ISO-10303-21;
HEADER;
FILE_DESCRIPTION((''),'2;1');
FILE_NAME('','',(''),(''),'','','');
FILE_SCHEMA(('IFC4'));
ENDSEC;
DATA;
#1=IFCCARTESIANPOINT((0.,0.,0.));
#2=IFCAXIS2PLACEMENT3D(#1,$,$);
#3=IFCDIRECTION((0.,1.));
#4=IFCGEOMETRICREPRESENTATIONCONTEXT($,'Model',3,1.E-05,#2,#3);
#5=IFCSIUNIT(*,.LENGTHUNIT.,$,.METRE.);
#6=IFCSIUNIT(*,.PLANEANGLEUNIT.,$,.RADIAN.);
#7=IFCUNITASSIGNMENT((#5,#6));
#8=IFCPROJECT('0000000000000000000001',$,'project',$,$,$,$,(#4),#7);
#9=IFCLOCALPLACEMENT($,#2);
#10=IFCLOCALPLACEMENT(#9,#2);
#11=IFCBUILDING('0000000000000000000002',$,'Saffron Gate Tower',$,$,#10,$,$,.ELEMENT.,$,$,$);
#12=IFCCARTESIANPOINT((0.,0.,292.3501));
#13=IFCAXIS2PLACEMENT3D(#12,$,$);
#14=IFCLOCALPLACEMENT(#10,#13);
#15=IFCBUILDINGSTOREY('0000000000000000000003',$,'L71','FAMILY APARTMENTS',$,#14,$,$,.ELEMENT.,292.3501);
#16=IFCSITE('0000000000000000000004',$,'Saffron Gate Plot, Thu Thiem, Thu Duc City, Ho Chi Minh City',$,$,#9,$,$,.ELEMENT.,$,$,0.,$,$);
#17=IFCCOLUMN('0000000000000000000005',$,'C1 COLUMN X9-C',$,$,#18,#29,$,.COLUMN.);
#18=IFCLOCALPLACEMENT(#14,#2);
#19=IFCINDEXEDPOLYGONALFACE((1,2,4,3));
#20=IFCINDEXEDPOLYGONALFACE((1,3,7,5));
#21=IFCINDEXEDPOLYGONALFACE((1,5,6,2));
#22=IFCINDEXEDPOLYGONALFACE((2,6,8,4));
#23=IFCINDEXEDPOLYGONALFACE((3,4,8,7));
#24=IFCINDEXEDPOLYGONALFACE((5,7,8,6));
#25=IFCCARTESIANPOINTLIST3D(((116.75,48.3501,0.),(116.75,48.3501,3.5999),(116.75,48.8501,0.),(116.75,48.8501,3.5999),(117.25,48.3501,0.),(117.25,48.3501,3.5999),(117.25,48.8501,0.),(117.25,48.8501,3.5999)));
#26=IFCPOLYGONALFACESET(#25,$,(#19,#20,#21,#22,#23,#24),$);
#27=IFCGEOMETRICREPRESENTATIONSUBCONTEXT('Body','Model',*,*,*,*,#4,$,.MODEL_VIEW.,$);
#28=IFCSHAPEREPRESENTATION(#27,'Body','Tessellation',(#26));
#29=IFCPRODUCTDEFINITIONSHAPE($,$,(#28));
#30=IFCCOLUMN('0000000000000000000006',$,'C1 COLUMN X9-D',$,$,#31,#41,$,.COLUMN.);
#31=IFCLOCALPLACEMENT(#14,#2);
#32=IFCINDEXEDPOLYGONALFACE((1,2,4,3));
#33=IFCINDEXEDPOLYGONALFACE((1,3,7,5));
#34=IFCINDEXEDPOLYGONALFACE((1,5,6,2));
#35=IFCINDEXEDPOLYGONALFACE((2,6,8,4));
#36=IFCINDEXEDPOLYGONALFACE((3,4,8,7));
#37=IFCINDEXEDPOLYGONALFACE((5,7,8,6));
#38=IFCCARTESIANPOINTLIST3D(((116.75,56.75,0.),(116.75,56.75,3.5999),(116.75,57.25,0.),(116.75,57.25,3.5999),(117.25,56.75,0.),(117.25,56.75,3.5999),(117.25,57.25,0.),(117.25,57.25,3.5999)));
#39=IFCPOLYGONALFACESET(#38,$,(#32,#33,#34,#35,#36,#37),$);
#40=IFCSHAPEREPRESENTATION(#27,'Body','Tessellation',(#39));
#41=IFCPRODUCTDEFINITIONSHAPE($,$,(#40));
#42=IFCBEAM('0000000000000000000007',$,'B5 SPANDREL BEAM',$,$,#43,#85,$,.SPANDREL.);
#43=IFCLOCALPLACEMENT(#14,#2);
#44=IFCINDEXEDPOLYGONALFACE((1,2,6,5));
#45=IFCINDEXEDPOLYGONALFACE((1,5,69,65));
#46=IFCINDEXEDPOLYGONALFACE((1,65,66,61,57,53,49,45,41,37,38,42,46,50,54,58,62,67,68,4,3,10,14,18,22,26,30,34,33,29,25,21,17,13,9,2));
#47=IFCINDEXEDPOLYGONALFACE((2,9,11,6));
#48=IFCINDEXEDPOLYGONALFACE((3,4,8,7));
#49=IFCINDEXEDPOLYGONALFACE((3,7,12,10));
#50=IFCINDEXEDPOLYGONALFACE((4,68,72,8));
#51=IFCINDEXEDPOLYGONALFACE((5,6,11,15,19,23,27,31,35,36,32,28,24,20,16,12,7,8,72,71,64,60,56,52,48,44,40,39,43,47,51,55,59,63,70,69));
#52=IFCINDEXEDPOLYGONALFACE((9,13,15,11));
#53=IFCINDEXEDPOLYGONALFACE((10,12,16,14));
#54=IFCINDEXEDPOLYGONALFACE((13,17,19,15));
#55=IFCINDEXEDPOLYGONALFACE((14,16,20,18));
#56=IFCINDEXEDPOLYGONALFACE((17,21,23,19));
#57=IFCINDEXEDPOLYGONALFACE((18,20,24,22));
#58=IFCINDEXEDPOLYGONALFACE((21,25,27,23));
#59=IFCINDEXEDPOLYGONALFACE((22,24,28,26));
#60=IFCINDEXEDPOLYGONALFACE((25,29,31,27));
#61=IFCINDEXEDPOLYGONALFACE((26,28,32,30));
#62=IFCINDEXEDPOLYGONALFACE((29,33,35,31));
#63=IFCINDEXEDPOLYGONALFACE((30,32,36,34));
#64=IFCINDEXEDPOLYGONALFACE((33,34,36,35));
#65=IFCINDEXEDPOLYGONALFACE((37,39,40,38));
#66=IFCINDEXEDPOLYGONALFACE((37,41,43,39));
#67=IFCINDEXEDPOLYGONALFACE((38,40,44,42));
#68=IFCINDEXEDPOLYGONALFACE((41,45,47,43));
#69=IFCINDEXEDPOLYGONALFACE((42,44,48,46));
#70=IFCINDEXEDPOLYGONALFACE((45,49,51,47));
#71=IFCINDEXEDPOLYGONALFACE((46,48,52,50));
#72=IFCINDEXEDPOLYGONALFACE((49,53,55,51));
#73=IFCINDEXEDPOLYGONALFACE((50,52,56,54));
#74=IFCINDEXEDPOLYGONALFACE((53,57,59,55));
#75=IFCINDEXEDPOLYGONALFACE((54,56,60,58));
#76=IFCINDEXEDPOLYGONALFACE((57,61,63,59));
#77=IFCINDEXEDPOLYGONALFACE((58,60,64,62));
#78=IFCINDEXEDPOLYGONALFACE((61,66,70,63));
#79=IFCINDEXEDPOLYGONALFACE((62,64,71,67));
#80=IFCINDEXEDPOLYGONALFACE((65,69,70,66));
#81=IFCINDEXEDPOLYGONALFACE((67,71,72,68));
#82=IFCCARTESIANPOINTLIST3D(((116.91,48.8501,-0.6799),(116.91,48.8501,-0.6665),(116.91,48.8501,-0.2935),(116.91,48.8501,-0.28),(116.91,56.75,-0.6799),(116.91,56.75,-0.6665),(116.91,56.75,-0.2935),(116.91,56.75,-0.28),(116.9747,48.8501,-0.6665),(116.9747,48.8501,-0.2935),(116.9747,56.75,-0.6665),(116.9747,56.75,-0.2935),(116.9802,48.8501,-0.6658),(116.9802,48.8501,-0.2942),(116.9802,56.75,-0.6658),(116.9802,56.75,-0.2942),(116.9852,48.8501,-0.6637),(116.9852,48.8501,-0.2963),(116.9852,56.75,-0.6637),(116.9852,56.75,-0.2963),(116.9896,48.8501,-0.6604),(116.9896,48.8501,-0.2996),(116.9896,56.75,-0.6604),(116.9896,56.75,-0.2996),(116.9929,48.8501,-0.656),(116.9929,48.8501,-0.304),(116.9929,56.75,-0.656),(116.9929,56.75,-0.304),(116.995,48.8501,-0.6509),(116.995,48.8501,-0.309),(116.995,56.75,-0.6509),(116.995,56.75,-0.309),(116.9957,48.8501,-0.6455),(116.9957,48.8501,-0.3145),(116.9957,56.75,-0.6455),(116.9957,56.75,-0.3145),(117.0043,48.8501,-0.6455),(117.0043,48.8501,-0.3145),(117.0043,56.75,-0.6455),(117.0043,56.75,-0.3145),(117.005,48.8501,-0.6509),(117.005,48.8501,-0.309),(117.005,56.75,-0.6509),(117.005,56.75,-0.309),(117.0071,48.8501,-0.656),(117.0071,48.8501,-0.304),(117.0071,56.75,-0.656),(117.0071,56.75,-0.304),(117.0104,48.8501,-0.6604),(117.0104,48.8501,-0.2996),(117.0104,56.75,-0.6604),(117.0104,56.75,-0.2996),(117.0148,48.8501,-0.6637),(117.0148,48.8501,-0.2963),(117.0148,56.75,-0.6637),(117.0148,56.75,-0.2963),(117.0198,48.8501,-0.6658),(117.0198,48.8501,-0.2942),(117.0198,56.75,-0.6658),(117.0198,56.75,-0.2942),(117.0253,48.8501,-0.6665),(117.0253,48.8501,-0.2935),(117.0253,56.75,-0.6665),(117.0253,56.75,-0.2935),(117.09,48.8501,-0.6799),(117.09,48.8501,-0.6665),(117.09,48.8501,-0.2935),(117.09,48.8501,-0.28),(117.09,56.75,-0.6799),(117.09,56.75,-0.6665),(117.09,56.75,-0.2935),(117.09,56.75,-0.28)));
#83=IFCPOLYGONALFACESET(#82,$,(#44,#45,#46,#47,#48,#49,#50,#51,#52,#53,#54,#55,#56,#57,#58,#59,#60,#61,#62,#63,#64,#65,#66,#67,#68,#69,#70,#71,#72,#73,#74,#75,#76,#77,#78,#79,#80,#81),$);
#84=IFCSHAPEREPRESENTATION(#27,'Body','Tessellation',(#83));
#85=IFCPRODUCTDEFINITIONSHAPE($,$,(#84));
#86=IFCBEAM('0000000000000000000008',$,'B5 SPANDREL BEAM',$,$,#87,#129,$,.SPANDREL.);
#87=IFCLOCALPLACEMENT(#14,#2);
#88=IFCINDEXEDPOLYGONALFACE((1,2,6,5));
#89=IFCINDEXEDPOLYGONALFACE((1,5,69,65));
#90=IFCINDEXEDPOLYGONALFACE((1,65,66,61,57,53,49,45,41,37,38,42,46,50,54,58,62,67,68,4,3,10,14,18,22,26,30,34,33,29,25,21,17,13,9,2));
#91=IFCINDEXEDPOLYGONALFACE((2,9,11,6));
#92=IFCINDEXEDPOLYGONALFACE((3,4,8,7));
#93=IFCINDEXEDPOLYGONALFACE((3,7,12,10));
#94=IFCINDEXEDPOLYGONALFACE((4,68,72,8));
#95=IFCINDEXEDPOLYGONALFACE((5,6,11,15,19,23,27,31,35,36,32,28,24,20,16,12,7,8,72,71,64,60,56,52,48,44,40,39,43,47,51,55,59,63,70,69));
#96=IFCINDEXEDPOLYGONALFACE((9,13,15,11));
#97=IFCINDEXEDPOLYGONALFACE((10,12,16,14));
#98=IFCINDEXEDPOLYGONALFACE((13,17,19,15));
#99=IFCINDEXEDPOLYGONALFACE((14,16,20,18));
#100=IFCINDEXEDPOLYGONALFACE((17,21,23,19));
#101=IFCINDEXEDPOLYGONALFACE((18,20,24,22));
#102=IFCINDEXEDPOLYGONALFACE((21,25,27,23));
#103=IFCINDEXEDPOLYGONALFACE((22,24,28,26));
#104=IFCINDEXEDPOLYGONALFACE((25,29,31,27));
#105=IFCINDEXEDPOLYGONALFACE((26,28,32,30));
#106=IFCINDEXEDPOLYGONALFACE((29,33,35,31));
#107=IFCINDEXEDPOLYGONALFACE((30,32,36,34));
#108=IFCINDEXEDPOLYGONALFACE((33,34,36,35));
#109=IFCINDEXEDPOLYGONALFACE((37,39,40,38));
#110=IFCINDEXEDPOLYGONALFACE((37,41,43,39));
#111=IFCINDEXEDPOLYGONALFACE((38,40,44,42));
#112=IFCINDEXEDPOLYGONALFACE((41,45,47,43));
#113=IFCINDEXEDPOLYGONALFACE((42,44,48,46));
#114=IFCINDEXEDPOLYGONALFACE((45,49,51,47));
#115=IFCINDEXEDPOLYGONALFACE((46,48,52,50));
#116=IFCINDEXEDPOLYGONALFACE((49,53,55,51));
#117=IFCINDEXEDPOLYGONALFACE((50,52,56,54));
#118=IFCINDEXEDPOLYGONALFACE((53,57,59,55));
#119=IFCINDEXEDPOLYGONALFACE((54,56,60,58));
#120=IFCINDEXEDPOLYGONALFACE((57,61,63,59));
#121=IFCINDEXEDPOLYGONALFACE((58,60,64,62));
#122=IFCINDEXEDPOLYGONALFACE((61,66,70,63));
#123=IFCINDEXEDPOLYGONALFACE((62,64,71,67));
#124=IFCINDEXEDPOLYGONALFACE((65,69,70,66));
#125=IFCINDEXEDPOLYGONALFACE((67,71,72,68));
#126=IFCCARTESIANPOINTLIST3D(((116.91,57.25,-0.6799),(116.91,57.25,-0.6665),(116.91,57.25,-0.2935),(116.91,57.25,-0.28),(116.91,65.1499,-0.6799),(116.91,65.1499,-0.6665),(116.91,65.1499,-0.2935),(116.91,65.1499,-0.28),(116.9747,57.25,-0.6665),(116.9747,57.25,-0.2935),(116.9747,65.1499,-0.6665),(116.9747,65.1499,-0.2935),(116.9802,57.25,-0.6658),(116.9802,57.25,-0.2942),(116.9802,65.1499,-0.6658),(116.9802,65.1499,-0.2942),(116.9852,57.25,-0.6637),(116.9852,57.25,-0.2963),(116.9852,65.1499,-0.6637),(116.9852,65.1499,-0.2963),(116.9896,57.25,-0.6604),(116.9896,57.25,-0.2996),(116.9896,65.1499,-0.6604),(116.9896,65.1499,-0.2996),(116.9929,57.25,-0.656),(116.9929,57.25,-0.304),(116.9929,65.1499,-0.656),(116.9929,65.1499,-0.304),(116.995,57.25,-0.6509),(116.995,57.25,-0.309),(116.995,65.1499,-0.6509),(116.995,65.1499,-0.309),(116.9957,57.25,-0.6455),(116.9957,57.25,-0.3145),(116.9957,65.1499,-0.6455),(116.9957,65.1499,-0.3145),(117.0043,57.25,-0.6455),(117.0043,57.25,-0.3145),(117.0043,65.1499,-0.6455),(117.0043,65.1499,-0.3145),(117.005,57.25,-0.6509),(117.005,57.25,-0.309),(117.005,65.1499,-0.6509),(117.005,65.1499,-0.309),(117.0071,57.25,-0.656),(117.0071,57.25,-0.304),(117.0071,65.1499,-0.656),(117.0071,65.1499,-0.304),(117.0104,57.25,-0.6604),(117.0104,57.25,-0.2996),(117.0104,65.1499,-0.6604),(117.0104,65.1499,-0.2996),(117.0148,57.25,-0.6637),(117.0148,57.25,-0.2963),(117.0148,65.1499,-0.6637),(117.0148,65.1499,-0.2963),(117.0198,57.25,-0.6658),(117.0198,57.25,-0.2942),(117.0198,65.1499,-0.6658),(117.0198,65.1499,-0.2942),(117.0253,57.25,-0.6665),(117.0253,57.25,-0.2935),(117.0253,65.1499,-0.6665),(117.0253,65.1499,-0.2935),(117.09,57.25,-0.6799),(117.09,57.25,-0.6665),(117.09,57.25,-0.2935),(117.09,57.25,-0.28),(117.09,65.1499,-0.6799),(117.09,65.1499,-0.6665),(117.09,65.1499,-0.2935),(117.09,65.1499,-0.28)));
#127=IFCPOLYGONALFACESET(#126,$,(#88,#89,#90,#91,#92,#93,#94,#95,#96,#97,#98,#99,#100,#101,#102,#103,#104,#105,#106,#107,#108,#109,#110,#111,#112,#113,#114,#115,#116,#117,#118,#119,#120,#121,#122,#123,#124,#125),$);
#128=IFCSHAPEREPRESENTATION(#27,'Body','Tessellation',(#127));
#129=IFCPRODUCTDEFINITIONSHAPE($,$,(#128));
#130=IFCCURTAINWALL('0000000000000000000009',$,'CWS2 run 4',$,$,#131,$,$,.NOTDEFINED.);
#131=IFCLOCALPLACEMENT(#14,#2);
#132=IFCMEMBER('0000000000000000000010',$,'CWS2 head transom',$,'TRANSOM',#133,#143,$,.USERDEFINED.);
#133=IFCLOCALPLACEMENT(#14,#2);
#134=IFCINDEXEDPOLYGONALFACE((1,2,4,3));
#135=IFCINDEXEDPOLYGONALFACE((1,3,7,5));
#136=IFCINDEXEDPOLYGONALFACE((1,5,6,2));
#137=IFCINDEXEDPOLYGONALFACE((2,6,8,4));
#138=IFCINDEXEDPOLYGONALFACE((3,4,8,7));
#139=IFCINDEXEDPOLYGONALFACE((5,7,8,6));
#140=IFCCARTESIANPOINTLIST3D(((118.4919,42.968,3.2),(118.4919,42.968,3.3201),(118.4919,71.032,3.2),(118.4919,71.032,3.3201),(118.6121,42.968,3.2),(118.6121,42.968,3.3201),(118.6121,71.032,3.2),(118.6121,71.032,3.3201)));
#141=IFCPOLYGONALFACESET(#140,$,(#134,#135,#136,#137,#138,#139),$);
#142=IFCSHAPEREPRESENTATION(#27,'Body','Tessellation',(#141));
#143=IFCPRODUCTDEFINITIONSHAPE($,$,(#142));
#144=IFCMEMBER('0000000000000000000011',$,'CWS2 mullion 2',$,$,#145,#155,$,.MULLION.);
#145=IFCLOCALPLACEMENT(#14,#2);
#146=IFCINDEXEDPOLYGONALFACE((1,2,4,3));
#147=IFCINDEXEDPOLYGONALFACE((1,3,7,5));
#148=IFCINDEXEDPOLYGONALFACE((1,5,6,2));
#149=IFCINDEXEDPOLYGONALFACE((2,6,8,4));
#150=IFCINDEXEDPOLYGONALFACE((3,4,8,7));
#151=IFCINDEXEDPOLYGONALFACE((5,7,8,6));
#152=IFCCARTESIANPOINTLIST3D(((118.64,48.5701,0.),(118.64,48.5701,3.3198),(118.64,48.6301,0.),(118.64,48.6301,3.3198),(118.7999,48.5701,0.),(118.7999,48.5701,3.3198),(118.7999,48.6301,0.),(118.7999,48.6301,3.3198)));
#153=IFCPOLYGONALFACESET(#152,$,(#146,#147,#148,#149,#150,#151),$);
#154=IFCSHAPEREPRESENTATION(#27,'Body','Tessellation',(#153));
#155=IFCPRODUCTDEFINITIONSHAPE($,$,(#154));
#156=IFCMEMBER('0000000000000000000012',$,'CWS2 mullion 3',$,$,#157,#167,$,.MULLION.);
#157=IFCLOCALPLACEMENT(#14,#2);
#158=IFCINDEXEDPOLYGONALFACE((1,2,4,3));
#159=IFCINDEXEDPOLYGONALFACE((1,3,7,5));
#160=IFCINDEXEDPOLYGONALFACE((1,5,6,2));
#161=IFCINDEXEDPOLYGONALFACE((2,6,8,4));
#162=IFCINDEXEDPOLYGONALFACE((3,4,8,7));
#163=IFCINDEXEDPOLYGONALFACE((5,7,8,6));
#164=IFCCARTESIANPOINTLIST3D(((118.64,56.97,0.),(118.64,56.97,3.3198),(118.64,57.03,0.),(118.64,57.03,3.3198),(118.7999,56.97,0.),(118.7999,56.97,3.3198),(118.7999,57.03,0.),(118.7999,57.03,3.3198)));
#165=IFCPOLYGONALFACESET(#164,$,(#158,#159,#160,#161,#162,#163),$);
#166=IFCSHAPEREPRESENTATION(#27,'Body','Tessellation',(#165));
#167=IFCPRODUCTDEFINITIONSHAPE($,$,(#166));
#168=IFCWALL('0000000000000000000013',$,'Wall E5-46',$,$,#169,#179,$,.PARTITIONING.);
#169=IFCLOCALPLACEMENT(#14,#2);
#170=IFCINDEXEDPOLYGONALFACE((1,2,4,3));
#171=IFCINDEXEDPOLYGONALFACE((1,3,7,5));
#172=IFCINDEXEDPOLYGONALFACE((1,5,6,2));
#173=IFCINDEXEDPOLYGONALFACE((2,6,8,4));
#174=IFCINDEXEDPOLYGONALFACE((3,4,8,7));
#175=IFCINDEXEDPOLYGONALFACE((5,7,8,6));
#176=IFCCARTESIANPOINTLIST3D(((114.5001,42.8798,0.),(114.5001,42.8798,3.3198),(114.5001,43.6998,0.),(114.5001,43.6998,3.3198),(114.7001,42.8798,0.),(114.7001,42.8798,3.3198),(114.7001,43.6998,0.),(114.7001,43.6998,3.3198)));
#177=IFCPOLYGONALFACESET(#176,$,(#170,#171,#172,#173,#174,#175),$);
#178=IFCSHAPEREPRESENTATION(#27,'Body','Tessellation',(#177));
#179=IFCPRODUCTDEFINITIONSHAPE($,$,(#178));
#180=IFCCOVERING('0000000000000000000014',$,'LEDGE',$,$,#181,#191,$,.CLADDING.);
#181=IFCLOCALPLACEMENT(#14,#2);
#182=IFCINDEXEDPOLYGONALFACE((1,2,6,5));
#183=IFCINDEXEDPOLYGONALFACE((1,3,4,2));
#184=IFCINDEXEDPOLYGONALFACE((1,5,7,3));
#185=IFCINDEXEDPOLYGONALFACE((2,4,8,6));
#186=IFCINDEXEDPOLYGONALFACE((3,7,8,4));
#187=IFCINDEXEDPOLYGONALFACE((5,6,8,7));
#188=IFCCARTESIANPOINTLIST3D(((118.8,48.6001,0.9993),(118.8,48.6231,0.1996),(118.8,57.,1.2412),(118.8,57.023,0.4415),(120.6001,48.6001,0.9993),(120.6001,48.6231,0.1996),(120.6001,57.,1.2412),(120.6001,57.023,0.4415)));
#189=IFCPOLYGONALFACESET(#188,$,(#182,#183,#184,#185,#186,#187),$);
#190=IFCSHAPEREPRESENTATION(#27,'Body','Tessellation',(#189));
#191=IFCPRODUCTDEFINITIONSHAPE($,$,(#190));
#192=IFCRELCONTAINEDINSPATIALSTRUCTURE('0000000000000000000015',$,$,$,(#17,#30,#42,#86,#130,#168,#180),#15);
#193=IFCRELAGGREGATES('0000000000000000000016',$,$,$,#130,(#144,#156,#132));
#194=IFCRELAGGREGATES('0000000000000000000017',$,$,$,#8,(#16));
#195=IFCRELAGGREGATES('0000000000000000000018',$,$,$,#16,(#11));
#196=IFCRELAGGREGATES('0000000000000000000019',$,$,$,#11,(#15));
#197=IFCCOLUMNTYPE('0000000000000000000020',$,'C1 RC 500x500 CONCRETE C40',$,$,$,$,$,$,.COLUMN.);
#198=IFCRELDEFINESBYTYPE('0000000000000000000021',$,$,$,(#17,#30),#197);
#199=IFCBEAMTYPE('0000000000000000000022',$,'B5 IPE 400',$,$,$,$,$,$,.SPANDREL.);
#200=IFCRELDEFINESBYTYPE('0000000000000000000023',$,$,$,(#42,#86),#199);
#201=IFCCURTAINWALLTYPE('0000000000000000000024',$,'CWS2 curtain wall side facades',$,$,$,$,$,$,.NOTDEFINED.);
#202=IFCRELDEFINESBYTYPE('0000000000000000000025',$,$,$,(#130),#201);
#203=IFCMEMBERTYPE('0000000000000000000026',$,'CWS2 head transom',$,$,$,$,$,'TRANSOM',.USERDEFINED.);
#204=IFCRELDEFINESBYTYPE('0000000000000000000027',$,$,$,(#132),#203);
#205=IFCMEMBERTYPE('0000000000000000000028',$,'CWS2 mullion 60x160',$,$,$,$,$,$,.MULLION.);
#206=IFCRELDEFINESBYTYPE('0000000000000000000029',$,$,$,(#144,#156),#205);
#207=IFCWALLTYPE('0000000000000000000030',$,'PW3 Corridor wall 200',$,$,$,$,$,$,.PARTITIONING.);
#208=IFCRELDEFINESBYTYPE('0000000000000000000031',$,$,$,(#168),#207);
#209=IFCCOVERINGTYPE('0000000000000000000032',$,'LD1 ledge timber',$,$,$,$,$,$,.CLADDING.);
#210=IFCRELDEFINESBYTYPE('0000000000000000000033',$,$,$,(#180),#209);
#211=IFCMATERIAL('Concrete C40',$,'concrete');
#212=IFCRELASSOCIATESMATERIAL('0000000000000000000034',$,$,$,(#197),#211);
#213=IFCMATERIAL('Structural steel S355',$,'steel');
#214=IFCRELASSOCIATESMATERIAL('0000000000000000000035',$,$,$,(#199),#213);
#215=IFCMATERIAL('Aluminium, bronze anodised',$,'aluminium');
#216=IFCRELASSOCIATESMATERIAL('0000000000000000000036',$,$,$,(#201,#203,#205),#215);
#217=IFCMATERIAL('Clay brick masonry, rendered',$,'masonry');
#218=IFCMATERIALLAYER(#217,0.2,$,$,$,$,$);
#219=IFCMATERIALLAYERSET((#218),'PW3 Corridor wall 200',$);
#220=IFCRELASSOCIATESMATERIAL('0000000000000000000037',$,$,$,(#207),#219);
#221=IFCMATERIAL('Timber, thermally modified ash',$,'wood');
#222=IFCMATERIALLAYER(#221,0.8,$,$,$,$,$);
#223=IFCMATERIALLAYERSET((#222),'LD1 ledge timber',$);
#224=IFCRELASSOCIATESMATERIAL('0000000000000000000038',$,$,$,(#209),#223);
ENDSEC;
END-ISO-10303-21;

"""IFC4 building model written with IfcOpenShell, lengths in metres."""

from ifc_helpers import new_model, si_unit, direction, frame, frame_2d, origin, origin_2d, place, context, subcontext, project, spatial, polyline, rectangle, i_section, outline, extrude, material, layer, layer_set, material_profile, profile_set, type_object, element, aggregate, save


model = new_model("IFC4")

# Units and contexts
model_context = context("Model", 3, precision=1e-05, world=origin(), true_north=direction((0.0, 1.0)))
body_context = subcontext(model_context, "Body", "Model", "MODEL_VIEW")
ifc_project = project(units=[si_unit("LENGTHUNIT", "METRE"), si_unit("PLANEANGLEUNIT", "RADIAN")], contexts=[model_context])

# Site, building, storey
site_placement = place(None, origin())
site = spatial("IfcSite", under=ifc_project, at=site_placement, Name="Saffron Gate Plot, Thu Thiem, Thu Duc City, Ho Chi Minh City", CompositionType="ELEMENT", RefElevation=0.0)
building_placement = place(site_placement, origin())
building = spatial("IfcBuilding", under=site, at=building_placement, Name="Saffron Gate Tower", CompositionType="ELEMENT")
storey_placement = place(building_placement, frame((0.0, 0.0, 292.3501)))
storey = spatial("IfcBuildingStorey", under=building, at=storey_placement, Name="L71", Description="FAMILY APARTMENTS", CompositionType="ELEMENT", Elevation=292.3501)

# Columns
ifc_material_1 = material(Name="Concrete C40", Category="concrete")
ifc_material_profile_1 = material_profile(ifc_material_1, rectangle(XDim=0.5, YDim=0.5, at=origin_2d()))
ifc_profile_set_1 = profile_set([ifc_material_profile_1], Name="Concrete C40")
column_type = type_object("IfcColumnType", Name="C1 RC 500x500 CONCRETE C40", PredefinedType="COLUMN", material=ifc_profile_set_1)
for number, where, z_axis, x_axis, name in (
    (1, (117.0, 48.6001, 0.0), (0.0, 0.0, 1.0), (1.0, 0.0, 0.0), "C1 COLUMN X9-C"),
    (2, (117.0, 57.0, 0.0), (0.0, 0.0, 1.0), (1.0, 0.0, 0.0), "C1 COLUMN X9-D"),
):
    element("IfcColumn", number, at=place(storey_placement, frame(where, z_axis=z_axis, x_axis=x_axis)), inside=storey, type_object=column_type, Name=name, PredefinedType="COLUMN", context=body_context, shape_type="SweptSolid", body=[
        extrude(rectangle(XDim=0.5, YDim=0.5, at=origin_2d()), origin(), (0.0, 0.0, 1.0), 3.5999),
    ])

# Beams
ifc_material_2 = material(Name="Structural steel S355", Category="steel")
ifc_material_profile_2 = material_profile(ifc_material_2, i_section(OverallWidth=0.1799, OverallDepth=0.3999, WebThickness=0.0085, FlangeThickness=0.0134, FilletRadius=0.021, at=origin_2d()))
ifc_profile_set_2 = profile_set([ifc_material_profile_2], Name="Structural steel S355")
beam_type = type_object("IfcBeamType", Name="B5 IPE 400", PredefinedType="SPANDREL", material=ifc_profile_set_2)
for number, where, z_axis, x_axis, name in (
    (3, (117.0, 48.8501, -0.48), (0.0, 1.0, 0.0), (-1.0, 0.0, 0.0), "B5 SPANDREL BEAM"),
    (4, (117.0, 57.25, -0.48), (0.0, 1.0, 0.0), (-1.0, 0.0, 0.0), "B5 SPANDREL BEAM"),
):
    element("IfcBeam", number, at=place(storey_placement, frame(where, z_axis=z_axis, x_axis=x_axis)), inside=storey, type_object=beam_type, Name=name, PredefinedType="SPANDREL", context=body_context, shape_type="SweptSolid", body=[
        extrude(i_section(OverallWidth=0.1799, OverallDepth=0.3999, WebThickness=0.0085, FlangeThickness=0.0134, FilletRadius=0.021, at=origin_2d()), origin(), (0.0, 0.0, 1.0), 7.8999),
    ])

# Curtain wall, members
ifc_material_3 = material(Name="Aluminium, bronze anodised", Category="aluminium")
curtain_wall_type = type_object("IfcCurtainWallType", Name="CWS2 curtain wall side facades", PredefinedType="NOTDEFINED", material=ifc_material_3)
curtain_wall_placement = place(storey_placement, origin())
curtain_wall = element("IfcCurtainWall", 5, at=curtain_wall_placement, inside=storey, type_object=curtain_wall_type, Name="CWS2 run 4", PredefinedType="NOTDEFINED")
ifc_material_profile_3 = material_profile(ifc_material_3, rectangle(XDim=0.1201, YDim=0.1201, at=origin_2d()))
ifc_profile_set_3 = profile_set([ifc_material_profile_3], Name="Aluminium, bronze anodised")
member_type_1 = type_object("IfcMemberType", Name="CWS2 head transom", ElementType="TRANSOM", PredefinedType="USERDEFINED", material=ifc_profile_set_3)
member_1_placement = place(storey_placement, frame((118.552, 42.968, 3.26), z_axis=(0.0, 1.0, 0.0), x_axis=(-1.0, 0.0, 0.0)))
member_1 = element("IfcMember", 6, at=member_1_placement, type_object=member_type_1, Name="CWS2 head transom", ObjectType="TRANSOM", PredefinedType="USERDEFINED", context=body_context, shape_type="SweptSolid", body=[
    extrude(rectangle(XDim=0.1201, YDim=0.1201, at=origin_2d()), origin(), (0.0, 0.0, 1.0), 28.064),
])
ifc_material_profile_4 = material_profile(ifc_material_3, rectangle(XDim=0.1599, YDim=0.0601, at=origin_2d()))
ifc_profile_set_4 = profile_set([ifc_material_profile_4], Name="Aluminium, bronze anodised")
member_type_2 = type_object("IfcMemberType", Name="CWS2 mullion 60x160", PredefinedType="MULLION", material=ifc_profile_set_4)
member_2_placement = place(storey_placement, frame((118.72, 48.6001, 0.0), z_axis=(0.0, 0.0, 1.0), x_axis=(-1.0, 0.0, 0.0)))
member_2 = element("IfcMember", 7, at=member_2_placement, type_object=member_type_2, Name="CWS2 mullion 2", PredefinedType="MULLION", context=body_context, shape_type="SweptSolid", body=[
    extrude(rectangle(XDim=0.1599, YDim=0.0601, at=origin_2d()), origin(), (0.0, 0.0, 1.0), 3.3198),
])
member_3_placement = place(storey_placement, frame((118.72, 57.0, 0.0), z_axis=(0.0, 0.0, 1.0), x_axis=(-1.0, 0.0, 0.0)))
member_3 = element("IfcMember", 8, at=member_3_placement, type_object=member_type_2, Name="CWS2 mullion 3", PredefinedType="MULLION", context=body_context, shape_type="SweptSolid", body=[
    extrude(rectangle(XDim=0.1599, YDim=0.0601, at=origin_2d()), origin(), (0.0, 0.0, 1.0), 3.3198),
])
aggregate(curtain_wall, [member_2, member_3, member_1])

# Wall
ifc_material_4 = material(Name="Clay brick masonry, rendered", Category="masonry")
ifc_layer_1 = layer(ifc_material_4, 0.2)
ifc_layer_set_1 = layer_set([ifc_layer_1], Name="PW3 Corridor wall 200")
wall_type = type_object("IfcWallType", Name="PW3 Corridor wall 200", PredefinedType="PARTITIONING", material=ifc_layer_set_1)
wall_placement = place(storey_placement, frame((114.6001, 43.7, 0.0), z_axis=(0.0, 0.0, 1.0), x_axis=(0.0, -1.0, 0.0)))
element("IfcWall", 9, at=wall_placement, inside=storey, type_object=wall_type, Name="Wall E5-46", PredefinedType="PARTITIONING", context=body_context, shape_type="SweptSolid", body=[
    extrude(rectangle(XDim=0.8201, YDim=0.2, at=frame_2d((0.4102, 0.0))), origin(), (0.0, 0.0, 1.0), 3.3198),
])

# Covering
ifc_material_5 = material(Name="Timber, thermally modified ash", Category="wood")
ifc_layer_2 = layer(ifc_material_5, 0.8)
ifc_layer_set_2 = layer_set([ifc_layer_2], Name="LD1 ledge timber")
covering_type_1 = type_object("IfcCoveringType", Name="LD1 ledge timber", PredefinedType="CLADDING", material=ifc_layer_set_2)
for number, where, z_axis, x_axis, name in (
    (10, (118.8, 48.6001, 0.9993), (0.0, -0.028791, 0.999585), (0.0, 0.999585, 0.028791), "LEDGE"),
):
    element("IfcCovering", number, at=place(storey_placement, frame(where, z_axis=z_axis, x_axis=x_axis)), inside=storey, type_object=covering_type_1, Name=name, PredefinedType="CLADDING", context=body_context, shape_type="SweptSolid", body=[
        extrude(outline(polyline([(0.0, 0.0), (8.4034, 0.0), (8.4034, -1.8), (0.0, -1.8), (0.0, 0.0)])), origin(), (0.0, 0.0, -1.0), 0.8),
    ])

save(model, "model.ifc")
